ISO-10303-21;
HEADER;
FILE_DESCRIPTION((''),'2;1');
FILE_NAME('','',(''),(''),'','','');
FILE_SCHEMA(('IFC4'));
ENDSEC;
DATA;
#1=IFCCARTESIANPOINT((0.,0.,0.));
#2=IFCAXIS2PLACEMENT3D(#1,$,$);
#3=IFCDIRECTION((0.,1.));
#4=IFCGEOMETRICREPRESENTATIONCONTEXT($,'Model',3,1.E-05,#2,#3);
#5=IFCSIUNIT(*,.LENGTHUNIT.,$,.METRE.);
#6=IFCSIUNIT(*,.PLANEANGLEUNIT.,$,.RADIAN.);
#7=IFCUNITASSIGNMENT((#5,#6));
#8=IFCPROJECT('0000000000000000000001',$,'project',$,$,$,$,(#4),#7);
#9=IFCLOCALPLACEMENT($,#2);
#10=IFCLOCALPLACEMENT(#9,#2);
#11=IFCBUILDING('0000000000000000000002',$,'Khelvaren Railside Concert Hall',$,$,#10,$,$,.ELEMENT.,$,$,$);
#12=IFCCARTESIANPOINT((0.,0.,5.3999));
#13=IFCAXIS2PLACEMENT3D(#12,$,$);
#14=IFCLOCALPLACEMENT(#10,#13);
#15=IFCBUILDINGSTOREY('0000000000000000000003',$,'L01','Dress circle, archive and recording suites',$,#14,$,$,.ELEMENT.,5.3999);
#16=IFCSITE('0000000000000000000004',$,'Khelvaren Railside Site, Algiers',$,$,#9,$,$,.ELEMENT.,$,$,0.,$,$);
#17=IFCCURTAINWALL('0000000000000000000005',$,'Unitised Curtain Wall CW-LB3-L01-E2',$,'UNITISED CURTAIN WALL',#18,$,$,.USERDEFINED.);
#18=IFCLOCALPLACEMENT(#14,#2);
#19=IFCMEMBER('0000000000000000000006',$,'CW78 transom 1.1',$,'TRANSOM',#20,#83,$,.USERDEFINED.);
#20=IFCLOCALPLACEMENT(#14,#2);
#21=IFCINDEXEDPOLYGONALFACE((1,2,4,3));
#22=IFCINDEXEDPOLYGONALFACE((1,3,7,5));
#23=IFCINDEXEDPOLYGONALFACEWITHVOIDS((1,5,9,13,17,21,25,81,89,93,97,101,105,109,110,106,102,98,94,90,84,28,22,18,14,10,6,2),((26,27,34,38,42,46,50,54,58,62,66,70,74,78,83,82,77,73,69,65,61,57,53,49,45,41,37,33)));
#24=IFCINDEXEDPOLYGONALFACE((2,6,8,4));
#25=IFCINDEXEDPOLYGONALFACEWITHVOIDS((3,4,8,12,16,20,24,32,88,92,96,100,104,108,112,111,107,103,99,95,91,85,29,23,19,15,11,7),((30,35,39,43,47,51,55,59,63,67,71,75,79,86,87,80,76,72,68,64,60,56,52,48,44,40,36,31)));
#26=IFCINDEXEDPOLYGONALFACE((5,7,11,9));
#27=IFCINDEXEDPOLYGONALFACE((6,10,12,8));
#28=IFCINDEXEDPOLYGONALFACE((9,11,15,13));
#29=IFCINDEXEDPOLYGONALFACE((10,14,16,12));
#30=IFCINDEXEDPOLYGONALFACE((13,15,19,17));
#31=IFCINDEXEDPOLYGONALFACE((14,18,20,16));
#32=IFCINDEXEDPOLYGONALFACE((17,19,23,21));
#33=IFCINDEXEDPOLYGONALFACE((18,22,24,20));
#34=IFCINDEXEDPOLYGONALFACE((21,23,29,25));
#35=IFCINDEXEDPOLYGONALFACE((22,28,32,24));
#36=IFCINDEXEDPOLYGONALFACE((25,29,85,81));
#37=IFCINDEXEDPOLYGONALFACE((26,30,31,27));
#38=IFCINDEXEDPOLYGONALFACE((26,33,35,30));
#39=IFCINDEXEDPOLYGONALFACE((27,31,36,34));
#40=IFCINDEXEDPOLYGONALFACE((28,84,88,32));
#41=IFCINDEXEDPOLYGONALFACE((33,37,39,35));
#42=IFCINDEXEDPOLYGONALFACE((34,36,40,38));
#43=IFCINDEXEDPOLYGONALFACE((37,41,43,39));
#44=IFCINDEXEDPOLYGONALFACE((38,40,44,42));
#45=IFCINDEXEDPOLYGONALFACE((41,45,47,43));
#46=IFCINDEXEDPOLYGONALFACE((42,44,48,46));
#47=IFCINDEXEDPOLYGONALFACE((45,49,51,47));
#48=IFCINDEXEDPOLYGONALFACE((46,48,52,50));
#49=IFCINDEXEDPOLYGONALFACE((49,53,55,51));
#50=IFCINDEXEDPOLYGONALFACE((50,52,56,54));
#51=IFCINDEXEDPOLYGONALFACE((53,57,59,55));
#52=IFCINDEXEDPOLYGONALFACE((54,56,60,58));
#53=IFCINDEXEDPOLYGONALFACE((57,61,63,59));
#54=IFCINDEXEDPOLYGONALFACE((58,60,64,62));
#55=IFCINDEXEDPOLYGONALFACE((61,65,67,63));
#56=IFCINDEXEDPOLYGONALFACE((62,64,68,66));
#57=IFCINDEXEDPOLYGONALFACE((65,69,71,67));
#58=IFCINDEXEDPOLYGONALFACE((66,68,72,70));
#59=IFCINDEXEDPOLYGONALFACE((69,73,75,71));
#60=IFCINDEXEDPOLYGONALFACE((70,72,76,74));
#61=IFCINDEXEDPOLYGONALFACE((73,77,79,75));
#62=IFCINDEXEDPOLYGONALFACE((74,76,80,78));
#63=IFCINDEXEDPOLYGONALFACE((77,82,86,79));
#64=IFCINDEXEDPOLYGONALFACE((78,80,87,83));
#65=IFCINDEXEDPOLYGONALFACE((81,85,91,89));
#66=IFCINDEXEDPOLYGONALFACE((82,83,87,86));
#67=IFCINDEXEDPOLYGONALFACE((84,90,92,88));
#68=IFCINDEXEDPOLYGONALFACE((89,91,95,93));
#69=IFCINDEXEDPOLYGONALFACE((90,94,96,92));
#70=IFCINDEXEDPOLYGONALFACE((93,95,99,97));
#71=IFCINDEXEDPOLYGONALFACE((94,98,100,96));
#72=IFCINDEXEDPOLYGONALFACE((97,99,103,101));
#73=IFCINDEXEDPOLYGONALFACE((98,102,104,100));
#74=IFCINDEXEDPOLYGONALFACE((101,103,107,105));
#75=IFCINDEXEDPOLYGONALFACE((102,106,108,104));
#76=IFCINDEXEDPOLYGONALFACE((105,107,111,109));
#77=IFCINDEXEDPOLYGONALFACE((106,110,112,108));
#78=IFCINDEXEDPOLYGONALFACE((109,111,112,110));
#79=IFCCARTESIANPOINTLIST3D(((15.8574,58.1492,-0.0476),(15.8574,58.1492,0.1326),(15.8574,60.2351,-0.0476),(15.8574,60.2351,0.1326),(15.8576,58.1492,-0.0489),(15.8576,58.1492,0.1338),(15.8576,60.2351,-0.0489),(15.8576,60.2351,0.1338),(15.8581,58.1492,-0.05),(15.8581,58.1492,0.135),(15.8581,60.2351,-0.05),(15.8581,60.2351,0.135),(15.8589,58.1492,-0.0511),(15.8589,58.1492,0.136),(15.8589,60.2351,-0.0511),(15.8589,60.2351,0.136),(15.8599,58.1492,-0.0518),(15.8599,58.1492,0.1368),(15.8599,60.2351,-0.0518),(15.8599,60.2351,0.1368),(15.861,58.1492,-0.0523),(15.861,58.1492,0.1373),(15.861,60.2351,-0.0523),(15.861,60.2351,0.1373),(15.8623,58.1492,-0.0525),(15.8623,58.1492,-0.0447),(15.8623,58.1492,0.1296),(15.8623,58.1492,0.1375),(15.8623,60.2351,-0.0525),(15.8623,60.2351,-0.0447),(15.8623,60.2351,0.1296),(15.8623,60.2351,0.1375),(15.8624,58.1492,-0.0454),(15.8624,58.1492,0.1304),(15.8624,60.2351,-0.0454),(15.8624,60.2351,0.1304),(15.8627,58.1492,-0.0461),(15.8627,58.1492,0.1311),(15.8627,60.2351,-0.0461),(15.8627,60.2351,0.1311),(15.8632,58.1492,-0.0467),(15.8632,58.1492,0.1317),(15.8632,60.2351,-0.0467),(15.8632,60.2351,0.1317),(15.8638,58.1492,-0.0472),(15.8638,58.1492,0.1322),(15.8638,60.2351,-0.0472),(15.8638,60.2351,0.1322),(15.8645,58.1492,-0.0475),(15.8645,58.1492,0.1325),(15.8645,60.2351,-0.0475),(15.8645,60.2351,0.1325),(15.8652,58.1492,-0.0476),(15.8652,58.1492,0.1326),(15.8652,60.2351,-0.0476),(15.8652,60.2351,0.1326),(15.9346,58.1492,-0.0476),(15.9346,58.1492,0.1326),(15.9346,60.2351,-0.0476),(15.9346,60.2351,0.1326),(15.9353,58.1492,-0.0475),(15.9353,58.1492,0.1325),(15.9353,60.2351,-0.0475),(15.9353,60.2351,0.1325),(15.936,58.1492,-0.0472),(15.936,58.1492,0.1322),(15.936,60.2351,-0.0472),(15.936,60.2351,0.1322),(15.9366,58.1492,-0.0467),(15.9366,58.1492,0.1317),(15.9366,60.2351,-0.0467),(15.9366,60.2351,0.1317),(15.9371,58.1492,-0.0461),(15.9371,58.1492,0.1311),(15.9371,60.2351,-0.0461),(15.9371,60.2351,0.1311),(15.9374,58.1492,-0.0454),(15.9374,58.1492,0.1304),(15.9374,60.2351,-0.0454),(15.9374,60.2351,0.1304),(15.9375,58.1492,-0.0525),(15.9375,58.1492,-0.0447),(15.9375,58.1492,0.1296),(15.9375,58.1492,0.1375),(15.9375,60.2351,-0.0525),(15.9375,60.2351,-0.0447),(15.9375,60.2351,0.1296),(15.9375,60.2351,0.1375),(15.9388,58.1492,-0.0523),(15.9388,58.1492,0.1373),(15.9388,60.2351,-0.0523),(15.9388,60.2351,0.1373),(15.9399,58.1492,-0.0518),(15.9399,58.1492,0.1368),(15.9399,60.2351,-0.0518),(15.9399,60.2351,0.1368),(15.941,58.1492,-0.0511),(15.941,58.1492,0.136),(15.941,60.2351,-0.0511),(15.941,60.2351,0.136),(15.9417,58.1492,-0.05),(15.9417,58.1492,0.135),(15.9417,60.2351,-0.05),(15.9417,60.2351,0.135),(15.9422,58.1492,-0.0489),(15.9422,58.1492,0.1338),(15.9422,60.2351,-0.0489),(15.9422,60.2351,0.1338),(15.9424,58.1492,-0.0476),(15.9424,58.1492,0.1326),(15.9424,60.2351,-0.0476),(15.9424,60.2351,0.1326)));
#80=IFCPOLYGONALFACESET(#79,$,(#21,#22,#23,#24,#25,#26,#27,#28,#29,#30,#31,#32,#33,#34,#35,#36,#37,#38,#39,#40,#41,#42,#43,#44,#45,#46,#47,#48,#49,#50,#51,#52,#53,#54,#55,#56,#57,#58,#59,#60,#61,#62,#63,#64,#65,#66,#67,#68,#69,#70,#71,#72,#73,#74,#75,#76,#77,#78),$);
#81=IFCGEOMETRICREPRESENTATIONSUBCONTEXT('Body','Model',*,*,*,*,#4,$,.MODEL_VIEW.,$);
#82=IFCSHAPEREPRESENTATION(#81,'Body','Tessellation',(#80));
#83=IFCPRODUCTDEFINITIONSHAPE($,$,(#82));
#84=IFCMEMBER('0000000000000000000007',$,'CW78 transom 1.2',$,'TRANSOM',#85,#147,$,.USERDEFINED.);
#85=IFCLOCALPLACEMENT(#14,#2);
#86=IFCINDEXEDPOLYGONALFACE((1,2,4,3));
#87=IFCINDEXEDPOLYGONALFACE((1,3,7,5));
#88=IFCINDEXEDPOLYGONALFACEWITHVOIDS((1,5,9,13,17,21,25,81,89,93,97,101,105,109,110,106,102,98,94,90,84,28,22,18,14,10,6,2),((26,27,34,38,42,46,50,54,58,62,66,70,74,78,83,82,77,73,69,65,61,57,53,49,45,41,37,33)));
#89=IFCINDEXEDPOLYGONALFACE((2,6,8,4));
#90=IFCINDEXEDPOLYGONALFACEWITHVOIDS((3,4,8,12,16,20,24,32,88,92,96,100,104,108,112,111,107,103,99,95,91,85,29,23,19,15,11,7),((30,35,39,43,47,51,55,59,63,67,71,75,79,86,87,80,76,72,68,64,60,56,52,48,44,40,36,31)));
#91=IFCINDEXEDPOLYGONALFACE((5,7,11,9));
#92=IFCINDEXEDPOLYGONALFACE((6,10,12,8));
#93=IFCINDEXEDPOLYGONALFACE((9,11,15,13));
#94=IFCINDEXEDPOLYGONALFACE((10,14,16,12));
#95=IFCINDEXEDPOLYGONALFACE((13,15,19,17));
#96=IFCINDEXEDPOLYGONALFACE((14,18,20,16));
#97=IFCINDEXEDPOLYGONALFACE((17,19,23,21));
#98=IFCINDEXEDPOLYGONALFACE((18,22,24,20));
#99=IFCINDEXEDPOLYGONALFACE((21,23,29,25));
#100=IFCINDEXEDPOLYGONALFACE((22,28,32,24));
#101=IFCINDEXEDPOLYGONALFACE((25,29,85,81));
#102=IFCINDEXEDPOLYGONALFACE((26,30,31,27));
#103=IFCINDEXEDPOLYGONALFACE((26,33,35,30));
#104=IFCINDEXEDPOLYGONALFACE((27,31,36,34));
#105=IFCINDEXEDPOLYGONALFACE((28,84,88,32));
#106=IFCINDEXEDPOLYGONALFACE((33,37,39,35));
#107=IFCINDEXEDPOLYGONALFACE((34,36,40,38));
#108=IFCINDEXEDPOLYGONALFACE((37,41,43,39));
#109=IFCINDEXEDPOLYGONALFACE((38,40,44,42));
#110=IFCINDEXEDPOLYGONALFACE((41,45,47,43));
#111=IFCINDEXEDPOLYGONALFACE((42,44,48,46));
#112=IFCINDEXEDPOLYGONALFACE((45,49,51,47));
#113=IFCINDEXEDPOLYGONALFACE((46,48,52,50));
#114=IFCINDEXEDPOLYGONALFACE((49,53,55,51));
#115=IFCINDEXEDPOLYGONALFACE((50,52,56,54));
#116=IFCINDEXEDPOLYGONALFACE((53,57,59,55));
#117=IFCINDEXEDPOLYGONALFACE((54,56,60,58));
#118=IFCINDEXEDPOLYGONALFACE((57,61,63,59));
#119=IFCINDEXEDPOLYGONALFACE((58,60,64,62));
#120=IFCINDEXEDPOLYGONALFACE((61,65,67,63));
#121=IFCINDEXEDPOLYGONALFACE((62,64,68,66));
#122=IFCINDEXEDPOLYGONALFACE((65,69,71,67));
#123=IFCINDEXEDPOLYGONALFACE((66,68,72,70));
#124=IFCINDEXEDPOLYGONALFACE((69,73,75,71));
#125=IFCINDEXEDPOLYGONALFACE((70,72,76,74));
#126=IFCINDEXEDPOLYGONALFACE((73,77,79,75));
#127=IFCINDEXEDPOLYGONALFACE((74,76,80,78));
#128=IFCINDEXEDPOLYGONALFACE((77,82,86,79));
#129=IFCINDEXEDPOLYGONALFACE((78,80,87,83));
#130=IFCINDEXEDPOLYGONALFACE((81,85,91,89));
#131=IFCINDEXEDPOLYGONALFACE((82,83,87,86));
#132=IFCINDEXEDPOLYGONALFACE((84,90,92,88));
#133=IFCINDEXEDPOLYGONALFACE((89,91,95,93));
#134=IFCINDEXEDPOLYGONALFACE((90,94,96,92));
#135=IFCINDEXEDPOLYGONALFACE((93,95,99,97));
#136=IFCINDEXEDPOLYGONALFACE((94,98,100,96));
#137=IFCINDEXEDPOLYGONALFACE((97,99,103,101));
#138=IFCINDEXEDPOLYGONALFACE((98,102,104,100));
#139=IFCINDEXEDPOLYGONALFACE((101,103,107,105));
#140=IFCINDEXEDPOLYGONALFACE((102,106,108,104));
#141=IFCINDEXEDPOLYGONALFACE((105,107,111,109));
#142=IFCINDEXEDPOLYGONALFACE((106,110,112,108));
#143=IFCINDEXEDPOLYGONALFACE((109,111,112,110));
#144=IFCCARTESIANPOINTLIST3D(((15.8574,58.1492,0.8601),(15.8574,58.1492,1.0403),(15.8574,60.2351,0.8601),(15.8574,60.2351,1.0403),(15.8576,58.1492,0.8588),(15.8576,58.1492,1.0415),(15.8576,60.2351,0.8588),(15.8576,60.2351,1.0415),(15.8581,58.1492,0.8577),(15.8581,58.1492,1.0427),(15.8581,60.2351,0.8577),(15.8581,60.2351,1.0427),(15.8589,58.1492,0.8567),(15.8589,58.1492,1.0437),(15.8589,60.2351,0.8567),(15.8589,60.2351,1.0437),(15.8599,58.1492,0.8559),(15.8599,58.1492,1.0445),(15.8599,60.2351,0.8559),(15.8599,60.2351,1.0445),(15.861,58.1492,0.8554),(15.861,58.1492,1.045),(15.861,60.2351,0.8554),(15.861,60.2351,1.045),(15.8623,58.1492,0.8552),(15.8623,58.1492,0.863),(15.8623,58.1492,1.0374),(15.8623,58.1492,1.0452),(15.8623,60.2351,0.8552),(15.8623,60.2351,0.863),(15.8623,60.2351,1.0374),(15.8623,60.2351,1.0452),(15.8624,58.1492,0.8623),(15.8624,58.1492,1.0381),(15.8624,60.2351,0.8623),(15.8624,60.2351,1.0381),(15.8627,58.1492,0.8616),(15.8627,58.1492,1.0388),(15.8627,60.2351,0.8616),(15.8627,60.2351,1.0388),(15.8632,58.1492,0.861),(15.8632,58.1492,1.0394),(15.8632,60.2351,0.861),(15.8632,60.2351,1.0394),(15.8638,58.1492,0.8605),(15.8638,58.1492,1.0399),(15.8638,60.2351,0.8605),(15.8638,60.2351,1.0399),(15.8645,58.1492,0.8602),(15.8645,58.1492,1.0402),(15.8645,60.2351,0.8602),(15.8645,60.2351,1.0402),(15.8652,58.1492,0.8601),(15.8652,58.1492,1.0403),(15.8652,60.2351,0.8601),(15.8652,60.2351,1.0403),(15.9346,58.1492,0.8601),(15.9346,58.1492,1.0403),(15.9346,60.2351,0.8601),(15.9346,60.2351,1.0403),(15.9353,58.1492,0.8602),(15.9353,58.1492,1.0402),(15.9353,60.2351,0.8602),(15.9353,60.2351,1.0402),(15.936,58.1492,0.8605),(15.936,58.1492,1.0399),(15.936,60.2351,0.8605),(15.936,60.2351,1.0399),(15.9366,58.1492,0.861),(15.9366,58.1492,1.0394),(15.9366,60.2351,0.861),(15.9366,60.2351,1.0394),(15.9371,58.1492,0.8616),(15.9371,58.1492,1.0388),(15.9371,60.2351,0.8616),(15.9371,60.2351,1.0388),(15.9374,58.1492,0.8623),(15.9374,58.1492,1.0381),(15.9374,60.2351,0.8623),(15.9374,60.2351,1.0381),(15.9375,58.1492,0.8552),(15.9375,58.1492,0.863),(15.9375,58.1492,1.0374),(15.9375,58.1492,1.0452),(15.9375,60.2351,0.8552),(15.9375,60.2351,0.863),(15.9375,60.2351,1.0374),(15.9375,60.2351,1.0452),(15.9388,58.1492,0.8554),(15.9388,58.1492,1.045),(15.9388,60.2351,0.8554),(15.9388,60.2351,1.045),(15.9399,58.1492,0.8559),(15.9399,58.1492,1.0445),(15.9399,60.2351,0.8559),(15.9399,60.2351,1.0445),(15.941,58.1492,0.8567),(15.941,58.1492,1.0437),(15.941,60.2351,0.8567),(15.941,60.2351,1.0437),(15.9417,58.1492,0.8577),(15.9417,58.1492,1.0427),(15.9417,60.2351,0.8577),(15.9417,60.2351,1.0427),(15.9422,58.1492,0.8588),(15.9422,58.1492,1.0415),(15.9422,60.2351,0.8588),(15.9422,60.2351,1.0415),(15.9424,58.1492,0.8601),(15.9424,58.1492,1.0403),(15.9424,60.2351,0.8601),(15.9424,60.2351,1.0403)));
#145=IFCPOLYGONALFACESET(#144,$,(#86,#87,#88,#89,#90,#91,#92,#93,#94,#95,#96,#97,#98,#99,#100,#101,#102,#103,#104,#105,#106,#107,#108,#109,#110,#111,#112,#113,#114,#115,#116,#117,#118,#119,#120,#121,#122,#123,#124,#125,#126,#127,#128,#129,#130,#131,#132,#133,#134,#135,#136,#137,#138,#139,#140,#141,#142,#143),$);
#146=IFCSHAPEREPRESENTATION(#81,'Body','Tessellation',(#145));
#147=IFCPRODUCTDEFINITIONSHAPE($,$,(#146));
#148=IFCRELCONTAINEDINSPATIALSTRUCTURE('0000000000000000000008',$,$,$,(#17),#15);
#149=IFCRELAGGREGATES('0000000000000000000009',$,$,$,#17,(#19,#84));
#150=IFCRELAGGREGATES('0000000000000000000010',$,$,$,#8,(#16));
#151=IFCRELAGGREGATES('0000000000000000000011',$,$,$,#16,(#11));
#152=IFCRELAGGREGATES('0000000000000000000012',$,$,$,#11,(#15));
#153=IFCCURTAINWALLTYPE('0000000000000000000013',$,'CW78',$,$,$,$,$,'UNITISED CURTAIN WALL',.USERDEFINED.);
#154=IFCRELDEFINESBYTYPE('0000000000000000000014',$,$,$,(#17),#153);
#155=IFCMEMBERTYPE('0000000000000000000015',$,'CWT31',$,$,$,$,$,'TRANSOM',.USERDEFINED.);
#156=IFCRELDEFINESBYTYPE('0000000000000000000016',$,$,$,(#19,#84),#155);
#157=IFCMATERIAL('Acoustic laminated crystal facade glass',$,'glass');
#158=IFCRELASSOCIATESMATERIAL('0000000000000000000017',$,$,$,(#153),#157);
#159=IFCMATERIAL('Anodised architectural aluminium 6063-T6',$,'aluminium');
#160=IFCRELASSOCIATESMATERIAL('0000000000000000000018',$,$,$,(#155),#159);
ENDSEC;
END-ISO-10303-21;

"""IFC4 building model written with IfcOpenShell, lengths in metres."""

from ifc_helpers import new_model, si_unit, direction, frame, origin, origin_2d, place, context, subcontext, project, spatial, hollow_rectangle, extrude, material, material_profile, profile_set, type_object, element, aggregate, save


model = new_model("IFC4")

# Units and contexts
model_context = context("Model", 3, precision=1e-05, world=origin(), true_north=direction((0.0, 1.0)))
body_context = subcontext(model_context, "Body", "Model", "MODEL_VIEW")
ifc_project = project(units=[si_unit("LENGTHUNIT", "METRE"), si_unit("PLANEANGLEUNIT", "RADIAN")], contexts=[model_context])

# Site, building, storey
site_placement = place(None, origin())
site = spatial("IfcSite", under=ifc_project, at=site_placement, Name="Khelvaren Railside Site, Algiers", CompositionType="ELEMENT", RefElevation=0.0)
building_placement = place(site_placement, origin())
building = spatial("IfcBuilding", under=site, at=building_placement, Name="Khelvaren Railside Concert Hall", CompositionType="ELEMENT")
storey_placement = place(building_placement, frame((0.0, 0.0, 5.3999)))
storey = spatial("IfcBuildingStorey", under=building, at=storey_placement, Name="L01", Description="Dress circle, archive and recording suites", CompositionType="ELEMENT", Elevation=5.3999)

# Curtain wall
ifc_material_1 = material(Name="Acoustic laminated crystal facade glass", Category="glass")
curtain_wall_type = type_object("IfcCurtainWallType", Name="CW78", ElementType="UNITISED CURTAIN WALL", PredefinedType="USERDEFINED", material=ifc_material_1)
curtain_wall_1_placement = place(storey_placement, origin())
curtain_wall_1 = element("IfcCurtainWall", 1, at=curtain_wall_1_placement, inside=storey, type_object=curtain_wall_type, Name="Unitised Curtain Wall CW-LB3-L01-E2", ObjectType="UNITISED CURTAIN WALL", PredefinedType="USERDEFINED")
ifc_material_2 = material(Name="Anodised architectural aluminium 6063-T6", Category="aluminium")

# Members
ifc_material_profile_1 = material_profile(ifc_material_2, hollow_rectangle(XDim=0.085, YDim=0.1899, WallThickness=0.0049, InnerFilletRadius=0.0029, OuterFilletRadius=0.0049, at=origin_2d()), Name="CWT 85x190x5")
ifc_profile_set_1 = profile_set([ifc_material_profile_1], Name="Anodised architectural aluminium 6063-T6")
member_type_1 = type_object("IfcMemberType", Name="CWT31", ElementType="TRANSOM", PredefinedType="USERDEFINED", material=ifc_profile_set_1)
member_1_placement = place(storey_placement, frame((15.8999, 60.2351, 0.0425), z_axis=(0.0, -1.0, 0.0), x_axis=(1.0, 0.0, 0.0)))
member_1 = element("IfcMember", 2, at=member_1_placement, type_object=member_type_1, Name="CW78 transom 1.1", ObjectType="TRANSOM", PredefinedType="USERDEFINED", context=body_context, shape_type="SweptSolid", body=[
    extrude(hollow_rectangle(XDim=0.085, YDim=0.1899, WallThickness=0.0049, InnerFilletRadius=0.0029, OuterFilletRadius=0.0049, at=origin_2d()), origin(), (0.0, 0.0, 1.0), 2.0859),
])
member_2_placement = place(storey_placement, frame((15.8999, 60.2351, 0.9502), z_axis=(0.0, -1.0, 0.0), x_axis=(1.0, 0.0, 0.0)))
member_2 = element("IfcMember", 3, at=member_2_placement, type_object=member_type_1, Name="CW78 transom 1.2", ObjectType="TRANSOM", PredefinedType="USERDEFINED", context=body_context, shape_type="SweptSolid", body=[
    extrude(hollow_rectangle(XDim=0.085, YDim=0.1899, WallThickness=0.0049, InnerFilletRadius=0.0029, OuterFilletRadius=0.0049, at=origin_2d()), origin(), (0.0, 0.0, 1.0), 2.0859),
])

aggregate(curtain_wall_1, [member_1, member_2])

save(model, "model.ifc")
